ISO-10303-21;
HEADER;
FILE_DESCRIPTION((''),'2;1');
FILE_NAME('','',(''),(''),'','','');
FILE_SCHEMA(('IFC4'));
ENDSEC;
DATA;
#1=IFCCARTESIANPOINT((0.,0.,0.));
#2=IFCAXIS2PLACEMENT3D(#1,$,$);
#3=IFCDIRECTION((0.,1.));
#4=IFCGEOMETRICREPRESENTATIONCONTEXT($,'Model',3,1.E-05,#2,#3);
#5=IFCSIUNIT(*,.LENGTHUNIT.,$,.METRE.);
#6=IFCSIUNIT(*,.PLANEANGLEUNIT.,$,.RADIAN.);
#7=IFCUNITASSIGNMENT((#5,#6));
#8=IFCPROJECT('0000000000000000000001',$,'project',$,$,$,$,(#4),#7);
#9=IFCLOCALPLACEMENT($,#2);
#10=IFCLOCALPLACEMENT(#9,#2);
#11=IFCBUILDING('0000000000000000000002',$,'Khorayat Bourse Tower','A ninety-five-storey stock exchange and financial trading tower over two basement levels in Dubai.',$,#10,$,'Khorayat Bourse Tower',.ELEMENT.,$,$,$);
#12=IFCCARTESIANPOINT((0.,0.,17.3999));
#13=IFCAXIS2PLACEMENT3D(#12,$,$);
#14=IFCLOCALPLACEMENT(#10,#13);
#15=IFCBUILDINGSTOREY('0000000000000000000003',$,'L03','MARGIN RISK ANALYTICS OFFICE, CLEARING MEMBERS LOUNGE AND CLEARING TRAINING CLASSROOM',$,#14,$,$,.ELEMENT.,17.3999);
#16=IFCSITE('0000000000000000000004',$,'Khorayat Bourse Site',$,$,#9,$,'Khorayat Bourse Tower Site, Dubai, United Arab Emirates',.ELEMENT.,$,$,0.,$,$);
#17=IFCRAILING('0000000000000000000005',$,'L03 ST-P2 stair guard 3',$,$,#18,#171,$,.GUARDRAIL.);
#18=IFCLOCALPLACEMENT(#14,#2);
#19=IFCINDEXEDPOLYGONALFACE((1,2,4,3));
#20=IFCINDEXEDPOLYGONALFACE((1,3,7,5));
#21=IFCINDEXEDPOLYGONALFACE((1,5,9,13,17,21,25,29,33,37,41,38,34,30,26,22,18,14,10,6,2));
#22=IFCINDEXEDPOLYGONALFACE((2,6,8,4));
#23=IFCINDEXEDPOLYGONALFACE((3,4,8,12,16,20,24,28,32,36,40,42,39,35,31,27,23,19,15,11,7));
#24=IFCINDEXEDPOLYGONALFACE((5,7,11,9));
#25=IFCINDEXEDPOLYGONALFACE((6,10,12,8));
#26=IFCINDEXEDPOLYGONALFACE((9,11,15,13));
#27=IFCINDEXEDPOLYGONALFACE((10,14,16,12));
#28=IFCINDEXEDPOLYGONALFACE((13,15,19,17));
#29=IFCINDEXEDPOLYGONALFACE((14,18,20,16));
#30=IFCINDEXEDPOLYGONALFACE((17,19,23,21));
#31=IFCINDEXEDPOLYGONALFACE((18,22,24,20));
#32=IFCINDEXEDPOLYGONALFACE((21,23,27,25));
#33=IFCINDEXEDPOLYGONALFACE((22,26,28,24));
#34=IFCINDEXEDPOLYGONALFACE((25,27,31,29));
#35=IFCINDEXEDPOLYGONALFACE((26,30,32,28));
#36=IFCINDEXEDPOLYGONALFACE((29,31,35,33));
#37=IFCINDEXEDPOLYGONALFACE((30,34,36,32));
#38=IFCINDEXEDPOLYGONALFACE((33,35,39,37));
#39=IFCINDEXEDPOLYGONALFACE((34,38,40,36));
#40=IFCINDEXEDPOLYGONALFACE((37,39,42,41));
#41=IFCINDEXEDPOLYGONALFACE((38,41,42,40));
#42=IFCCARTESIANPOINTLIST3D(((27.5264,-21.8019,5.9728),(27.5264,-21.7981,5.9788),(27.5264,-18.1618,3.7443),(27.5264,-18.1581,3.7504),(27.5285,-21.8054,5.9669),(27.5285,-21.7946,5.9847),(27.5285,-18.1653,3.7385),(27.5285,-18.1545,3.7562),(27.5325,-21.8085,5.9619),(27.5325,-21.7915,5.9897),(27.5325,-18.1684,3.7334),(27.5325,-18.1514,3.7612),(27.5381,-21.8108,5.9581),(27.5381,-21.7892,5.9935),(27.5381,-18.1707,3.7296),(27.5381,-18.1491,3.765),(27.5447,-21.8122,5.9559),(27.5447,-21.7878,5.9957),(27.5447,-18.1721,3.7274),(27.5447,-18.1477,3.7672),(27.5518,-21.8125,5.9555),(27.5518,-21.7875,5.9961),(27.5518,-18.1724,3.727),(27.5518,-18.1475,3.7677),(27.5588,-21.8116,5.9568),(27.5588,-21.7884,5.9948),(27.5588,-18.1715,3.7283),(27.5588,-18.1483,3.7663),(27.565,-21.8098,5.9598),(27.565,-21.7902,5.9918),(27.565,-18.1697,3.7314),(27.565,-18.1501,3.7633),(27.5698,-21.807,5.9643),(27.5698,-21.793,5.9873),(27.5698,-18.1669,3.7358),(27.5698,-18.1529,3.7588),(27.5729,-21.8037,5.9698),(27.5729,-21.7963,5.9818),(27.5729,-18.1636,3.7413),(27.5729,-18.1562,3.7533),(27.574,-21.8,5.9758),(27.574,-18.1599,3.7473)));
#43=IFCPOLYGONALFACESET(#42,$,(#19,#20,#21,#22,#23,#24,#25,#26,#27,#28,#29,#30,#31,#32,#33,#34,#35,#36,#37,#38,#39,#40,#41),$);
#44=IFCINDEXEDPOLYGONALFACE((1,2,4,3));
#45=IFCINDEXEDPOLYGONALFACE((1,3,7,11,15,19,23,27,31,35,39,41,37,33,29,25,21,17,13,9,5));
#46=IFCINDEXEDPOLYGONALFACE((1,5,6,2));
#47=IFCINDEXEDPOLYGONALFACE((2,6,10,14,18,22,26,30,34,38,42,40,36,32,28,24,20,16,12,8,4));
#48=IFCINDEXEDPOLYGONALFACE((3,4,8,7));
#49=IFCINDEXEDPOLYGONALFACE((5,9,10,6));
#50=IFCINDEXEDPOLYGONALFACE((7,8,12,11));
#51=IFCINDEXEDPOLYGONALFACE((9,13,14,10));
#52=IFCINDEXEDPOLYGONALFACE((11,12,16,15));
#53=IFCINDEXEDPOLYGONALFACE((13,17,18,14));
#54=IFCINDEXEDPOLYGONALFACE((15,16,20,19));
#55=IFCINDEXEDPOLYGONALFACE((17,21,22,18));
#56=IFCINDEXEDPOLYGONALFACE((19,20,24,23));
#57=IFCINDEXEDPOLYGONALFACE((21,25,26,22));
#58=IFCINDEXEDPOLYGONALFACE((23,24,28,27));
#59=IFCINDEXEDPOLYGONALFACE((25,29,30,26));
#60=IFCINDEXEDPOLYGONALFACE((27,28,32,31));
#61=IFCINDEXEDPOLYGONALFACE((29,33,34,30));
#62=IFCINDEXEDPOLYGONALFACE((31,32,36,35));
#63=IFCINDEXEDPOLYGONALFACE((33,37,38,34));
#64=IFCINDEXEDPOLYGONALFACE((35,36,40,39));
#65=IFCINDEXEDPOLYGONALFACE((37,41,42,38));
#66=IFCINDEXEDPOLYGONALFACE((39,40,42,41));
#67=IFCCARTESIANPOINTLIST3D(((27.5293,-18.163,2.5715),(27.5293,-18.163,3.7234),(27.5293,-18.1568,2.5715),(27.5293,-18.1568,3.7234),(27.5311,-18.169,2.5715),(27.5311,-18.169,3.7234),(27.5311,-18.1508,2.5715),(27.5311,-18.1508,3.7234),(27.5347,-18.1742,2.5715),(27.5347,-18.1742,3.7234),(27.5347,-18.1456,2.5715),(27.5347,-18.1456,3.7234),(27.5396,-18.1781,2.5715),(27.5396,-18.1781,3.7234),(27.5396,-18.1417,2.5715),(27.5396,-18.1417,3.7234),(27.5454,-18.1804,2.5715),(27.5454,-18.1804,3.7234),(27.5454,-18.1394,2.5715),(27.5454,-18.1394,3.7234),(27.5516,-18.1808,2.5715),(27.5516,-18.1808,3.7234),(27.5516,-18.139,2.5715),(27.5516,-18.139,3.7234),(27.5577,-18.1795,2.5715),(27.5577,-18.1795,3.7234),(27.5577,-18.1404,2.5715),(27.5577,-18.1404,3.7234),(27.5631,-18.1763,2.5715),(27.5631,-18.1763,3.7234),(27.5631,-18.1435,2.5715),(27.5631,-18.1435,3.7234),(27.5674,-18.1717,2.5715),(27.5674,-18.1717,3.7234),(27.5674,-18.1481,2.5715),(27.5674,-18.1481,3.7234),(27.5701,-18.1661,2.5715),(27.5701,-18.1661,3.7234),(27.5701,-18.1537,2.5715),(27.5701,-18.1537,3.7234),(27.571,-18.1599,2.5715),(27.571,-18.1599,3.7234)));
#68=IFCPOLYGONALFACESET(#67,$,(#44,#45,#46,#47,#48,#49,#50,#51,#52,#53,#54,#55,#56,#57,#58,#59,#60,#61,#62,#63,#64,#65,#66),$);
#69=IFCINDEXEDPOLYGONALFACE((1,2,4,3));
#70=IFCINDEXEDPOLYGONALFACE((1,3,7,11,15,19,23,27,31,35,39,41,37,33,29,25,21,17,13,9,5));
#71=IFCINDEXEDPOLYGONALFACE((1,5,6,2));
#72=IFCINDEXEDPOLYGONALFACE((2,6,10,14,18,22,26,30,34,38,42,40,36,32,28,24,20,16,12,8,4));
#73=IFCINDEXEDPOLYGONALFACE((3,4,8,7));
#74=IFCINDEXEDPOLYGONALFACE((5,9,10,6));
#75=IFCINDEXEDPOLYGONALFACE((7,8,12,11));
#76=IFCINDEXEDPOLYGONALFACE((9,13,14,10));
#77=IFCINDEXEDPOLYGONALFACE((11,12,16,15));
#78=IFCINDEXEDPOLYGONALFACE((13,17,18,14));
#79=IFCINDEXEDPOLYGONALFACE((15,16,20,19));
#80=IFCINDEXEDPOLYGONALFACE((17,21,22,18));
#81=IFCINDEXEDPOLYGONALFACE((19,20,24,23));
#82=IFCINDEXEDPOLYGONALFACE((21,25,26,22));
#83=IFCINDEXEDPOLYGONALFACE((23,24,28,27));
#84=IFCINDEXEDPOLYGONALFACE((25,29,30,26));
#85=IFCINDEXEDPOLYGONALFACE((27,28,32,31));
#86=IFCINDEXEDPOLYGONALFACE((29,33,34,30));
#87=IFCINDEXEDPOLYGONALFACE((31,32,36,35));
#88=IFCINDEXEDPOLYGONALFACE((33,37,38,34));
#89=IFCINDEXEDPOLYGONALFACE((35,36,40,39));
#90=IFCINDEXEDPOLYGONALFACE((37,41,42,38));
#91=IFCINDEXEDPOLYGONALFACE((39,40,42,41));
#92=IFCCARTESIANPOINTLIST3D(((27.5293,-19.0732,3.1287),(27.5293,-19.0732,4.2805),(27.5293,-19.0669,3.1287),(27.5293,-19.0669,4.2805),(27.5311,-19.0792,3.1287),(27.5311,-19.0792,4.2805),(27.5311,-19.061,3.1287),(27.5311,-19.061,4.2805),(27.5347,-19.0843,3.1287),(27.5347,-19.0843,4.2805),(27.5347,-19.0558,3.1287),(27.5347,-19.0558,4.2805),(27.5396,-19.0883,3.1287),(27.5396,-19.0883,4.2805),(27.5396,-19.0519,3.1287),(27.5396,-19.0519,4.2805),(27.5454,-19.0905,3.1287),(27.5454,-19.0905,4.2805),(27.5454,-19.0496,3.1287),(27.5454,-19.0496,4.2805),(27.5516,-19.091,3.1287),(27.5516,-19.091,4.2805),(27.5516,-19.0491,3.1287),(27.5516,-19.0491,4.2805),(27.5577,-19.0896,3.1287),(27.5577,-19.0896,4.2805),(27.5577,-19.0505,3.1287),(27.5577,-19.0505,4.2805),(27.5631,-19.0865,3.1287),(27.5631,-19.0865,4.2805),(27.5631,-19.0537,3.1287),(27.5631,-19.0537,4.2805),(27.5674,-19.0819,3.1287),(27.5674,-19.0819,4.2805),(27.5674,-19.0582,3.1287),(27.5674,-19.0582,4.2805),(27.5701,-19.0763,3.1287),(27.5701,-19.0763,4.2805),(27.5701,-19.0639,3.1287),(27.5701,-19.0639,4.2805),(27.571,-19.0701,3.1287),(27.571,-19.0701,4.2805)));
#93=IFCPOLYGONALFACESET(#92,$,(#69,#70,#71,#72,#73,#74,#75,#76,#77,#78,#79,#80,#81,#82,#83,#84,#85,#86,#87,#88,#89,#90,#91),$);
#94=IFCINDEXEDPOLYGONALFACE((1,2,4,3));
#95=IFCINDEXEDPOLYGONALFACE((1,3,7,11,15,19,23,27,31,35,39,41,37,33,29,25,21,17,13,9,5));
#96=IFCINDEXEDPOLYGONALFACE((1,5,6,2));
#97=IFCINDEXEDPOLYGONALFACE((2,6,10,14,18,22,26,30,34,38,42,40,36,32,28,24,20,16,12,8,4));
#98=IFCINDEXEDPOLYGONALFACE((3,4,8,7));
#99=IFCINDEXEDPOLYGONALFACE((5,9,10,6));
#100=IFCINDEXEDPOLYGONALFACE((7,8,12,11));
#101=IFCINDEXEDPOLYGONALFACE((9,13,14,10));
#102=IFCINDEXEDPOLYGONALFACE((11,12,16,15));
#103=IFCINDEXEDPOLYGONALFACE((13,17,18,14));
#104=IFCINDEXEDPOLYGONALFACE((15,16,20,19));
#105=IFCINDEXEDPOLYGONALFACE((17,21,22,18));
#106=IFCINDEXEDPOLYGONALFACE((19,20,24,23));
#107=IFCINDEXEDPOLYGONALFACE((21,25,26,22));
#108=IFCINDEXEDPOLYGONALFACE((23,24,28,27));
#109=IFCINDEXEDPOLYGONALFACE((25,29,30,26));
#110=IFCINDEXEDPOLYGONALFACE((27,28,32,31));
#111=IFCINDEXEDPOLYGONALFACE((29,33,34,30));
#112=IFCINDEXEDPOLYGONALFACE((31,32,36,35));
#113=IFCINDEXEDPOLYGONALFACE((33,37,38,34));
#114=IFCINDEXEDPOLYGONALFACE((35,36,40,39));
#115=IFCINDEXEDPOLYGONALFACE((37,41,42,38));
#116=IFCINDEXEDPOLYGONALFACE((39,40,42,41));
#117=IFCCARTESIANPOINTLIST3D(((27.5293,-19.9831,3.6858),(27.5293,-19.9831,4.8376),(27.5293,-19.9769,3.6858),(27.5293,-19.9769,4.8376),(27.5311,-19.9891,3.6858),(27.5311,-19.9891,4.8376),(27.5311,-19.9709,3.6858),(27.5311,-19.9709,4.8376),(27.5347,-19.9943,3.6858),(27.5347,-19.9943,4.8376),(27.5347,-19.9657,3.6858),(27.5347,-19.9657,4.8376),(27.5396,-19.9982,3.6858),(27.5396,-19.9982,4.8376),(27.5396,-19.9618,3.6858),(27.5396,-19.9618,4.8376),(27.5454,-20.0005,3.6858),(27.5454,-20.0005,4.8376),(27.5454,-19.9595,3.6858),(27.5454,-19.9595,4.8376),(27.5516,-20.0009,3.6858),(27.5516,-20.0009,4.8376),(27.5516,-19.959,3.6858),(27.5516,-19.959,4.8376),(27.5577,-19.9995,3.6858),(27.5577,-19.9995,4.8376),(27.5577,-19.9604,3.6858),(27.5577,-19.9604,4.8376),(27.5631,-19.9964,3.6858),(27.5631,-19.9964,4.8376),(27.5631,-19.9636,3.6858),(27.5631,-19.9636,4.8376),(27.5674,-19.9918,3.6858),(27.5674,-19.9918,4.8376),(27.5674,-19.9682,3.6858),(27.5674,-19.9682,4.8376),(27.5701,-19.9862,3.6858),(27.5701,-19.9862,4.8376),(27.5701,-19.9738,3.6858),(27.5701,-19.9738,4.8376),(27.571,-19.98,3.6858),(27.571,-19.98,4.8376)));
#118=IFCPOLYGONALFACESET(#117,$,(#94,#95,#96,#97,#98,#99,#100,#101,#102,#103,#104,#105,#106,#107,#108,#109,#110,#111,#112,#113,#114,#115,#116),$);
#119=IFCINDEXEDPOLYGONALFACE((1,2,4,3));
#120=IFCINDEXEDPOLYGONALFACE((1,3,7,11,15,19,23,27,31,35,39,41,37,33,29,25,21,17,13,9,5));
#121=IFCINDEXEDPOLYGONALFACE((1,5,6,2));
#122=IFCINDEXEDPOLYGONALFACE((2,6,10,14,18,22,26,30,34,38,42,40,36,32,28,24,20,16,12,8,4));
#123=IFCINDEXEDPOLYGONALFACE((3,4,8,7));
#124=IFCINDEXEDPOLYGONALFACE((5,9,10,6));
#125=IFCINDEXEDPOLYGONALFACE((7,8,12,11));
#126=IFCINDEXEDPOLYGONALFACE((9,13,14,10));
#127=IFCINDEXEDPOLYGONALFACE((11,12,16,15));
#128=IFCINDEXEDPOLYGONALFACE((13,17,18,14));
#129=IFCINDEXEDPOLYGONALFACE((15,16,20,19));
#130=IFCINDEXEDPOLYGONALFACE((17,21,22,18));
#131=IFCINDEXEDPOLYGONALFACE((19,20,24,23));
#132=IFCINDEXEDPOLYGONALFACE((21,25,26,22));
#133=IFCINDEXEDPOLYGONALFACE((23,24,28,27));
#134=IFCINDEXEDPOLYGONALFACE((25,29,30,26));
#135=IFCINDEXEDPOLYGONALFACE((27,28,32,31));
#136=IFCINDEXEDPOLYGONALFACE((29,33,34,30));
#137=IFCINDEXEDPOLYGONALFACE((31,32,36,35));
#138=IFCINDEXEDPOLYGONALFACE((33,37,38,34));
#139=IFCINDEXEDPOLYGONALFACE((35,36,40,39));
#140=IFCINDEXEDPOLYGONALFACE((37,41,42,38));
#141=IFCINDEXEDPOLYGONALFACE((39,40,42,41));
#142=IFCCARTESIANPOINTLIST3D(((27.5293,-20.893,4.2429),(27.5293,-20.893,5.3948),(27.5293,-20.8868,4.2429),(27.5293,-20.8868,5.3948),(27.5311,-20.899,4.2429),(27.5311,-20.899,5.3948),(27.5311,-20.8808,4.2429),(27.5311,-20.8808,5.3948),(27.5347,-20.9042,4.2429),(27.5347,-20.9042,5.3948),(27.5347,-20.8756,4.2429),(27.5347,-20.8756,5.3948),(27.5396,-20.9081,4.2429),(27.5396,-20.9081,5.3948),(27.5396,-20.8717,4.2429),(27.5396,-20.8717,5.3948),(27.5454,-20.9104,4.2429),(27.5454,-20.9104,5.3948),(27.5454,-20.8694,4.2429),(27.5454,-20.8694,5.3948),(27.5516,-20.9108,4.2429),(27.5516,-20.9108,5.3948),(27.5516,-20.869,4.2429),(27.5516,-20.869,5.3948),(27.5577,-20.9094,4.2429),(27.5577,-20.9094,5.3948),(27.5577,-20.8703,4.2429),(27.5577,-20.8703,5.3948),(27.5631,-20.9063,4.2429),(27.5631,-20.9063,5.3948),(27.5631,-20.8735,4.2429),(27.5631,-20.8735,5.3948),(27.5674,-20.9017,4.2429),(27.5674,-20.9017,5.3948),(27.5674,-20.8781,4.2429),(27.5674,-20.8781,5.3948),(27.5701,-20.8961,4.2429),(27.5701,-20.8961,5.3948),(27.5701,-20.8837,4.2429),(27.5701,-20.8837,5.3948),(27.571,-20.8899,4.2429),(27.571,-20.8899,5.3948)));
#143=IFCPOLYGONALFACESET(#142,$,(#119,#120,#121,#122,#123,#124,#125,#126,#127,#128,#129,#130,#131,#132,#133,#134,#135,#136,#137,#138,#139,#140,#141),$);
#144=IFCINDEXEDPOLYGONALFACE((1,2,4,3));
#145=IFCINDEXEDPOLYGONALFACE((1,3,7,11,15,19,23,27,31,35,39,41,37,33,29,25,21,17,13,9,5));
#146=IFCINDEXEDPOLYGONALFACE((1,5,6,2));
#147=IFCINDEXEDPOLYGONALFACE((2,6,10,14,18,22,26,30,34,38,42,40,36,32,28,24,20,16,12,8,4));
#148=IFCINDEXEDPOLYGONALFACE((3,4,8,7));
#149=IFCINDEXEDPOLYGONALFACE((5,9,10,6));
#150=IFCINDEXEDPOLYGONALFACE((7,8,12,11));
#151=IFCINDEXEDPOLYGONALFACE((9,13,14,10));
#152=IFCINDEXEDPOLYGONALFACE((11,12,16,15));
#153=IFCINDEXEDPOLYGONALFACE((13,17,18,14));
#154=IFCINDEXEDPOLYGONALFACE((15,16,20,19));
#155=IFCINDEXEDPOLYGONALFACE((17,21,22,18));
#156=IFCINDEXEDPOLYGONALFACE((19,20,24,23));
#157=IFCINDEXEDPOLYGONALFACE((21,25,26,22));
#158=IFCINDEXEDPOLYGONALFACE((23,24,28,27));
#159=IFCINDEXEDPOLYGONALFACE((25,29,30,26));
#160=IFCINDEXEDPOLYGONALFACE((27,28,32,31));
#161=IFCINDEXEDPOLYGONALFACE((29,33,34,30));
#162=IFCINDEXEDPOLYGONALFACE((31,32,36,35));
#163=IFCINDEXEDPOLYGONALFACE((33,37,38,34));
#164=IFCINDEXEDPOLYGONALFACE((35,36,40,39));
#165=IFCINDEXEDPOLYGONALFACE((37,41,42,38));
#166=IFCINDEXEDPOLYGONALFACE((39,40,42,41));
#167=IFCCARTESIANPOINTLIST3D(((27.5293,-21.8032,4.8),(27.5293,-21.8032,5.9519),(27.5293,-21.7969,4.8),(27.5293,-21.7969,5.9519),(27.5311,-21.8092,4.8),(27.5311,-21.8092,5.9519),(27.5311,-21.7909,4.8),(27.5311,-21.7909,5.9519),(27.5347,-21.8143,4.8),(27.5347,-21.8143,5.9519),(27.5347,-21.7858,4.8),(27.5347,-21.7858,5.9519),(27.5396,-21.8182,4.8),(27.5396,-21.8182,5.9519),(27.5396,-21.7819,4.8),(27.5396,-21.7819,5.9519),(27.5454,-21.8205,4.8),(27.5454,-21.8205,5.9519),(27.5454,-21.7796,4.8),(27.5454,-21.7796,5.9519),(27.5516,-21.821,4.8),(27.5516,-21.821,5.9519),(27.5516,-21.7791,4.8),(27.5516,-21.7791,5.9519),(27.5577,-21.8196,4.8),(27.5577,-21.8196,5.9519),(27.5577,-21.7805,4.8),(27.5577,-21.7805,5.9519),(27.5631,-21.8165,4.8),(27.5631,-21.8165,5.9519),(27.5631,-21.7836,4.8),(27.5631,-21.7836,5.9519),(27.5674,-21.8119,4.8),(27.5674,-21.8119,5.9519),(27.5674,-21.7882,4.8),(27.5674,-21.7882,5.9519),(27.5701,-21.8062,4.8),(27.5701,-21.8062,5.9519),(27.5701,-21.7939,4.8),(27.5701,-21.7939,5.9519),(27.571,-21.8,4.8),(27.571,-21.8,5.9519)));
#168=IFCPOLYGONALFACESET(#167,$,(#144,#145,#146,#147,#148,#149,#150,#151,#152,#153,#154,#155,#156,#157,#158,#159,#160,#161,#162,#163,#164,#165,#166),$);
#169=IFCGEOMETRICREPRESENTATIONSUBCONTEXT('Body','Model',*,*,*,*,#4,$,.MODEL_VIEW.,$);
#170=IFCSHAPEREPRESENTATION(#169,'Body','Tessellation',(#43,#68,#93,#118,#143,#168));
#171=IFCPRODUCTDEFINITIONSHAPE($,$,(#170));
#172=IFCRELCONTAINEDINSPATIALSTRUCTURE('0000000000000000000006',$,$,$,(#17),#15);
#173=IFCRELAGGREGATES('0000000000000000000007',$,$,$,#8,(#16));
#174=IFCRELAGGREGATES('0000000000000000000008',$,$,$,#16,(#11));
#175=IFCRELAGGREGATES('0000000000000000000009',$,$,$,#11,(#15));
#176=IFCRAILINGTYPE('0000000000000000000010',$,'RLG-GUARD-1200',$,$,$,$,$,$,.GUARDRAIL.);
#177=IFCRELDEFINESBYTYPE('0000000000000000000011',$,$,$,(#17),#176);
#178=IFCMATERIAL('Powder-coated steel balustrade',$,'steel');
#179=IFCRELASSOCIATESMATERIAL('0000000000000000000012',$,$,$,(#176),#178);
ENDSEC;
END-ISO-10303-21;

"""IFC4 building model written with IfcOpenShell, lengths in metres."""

from ifc_helpers import new_model, si_unit, direction, frame, origin, origin_2d, place, context, subcontext, project, spatial, circle, extrude, source, transform, mapped, material, type_object, element, save


model = new_model("IFC4")

# Units and contexts
model_context = context("Model", 3, precision=1e-05, world=origin(), true_north=direction((0.0, 1.0)))
body_context = subcontext(model_context, "Body", "Model", "MODEL_VIEW")
ifc_project = project(units=[si_unit("LENGTHUNIT", "METRE"), si_unit("PLANEANGLEUNIT", "RADIAN")], contexts=[model_context])

# Site, building, storey
site_placement = place(None, origin())
site = spatial("IfcSite", under=ifc_project, at=site_placement, Name="Khorayat Bourse Site", LongName="Khorayat Bourse Tower Site, Dubai, United Arab Emirates", CompositionType="ELEMENT", RefElevation=0.0)
building_placement = place(site_placement, origin())
building = spatial("IfcBuilding", under=site, at=building_placement, Name="Khorayat Bourse Tower", Description="A ninety-five-storey stock exchange and financial trading tower over two basement levels in Dubai.", LongName="Khorayat Bourse Tower", CompositionType="ELEMENT")
storey_placement = place(building_placement, frame((0.0, 0.0, 17.3999)))
storey = spatial("IfcBuildingStorey", under=building, at=storey_placement, Name="L03", Description="MARGIN RISK ANALYTICS OFFICE, CLEARING MEMBERS LOUNGE AND CLEARING TRAINING CLASSROOM", CompositionType="ELEMENT", Elevation=17.3999)

# Railing
ifc_material_1 = material(Name="Powder-coated steel balustrade", Category="steel")
railing_type_1 = type_object("IfcRailingType", Name="RLG-GUARD-1200", PredefinedType="GUARDRAIL", material=ifc_material_1)
shared_shape_1 = source(origin(), body_context, "Body", "SweptSolid", [
    extrude(circle(Radius=0.0239, at=origin_2d()), frame((0.0, 0.0, 1.1758), z_axis=(0.0, -0.852866, 0.52213), x_axis=(1.0, 0.0, 0.0)), (0.0, 0.0, 1.0), 4.2681),
    extrude(circle(Radius=0.021, at=origin_2d()), origin(), (0.0, 0.0, 1.0), 1.1519),
    extrude(circle(Radius=0.021, at=origin_2d()), frame((0.0, -0.9102, 0.5571)), (0.0, 0.0, 1.0), 1.1519),
    extrude(circle(Radius=0.021, at=origin_2d()), frame((0.0, -1.8201, 1.1143)), (0.0, 0.0, 1.0), 1.1519),
    extrude(circle(Radius=0.021, at=origin_2d()), frame((0.0, -2.73, 1.6714)), (0.0, 0.0, 1.0), 1.1519),
    extrude(circle(Radius=0.021, at=origin_2d()), frame((0.0, -3.6401, 2.2285)), (0.0, 0.0, 1.0), 1.1519),
])
railing_1_placement = place(storey_placement, frame((27.55, -18.1599, 2.5715)))
element("IfcRailing", 1, at=railing_1_placement, inside=storey, type_object=railing_type_1, Name="L03 ST-P2 stair guard 3", PredefinedType="GUARDRAIL", context=body_context, shape_type="MappedRepresentation", body=[
    mapped(shared_shape_1, transform((0.0, 0.0, 0.0), scale=1.0)),
])

save(model, "model.ifc")
